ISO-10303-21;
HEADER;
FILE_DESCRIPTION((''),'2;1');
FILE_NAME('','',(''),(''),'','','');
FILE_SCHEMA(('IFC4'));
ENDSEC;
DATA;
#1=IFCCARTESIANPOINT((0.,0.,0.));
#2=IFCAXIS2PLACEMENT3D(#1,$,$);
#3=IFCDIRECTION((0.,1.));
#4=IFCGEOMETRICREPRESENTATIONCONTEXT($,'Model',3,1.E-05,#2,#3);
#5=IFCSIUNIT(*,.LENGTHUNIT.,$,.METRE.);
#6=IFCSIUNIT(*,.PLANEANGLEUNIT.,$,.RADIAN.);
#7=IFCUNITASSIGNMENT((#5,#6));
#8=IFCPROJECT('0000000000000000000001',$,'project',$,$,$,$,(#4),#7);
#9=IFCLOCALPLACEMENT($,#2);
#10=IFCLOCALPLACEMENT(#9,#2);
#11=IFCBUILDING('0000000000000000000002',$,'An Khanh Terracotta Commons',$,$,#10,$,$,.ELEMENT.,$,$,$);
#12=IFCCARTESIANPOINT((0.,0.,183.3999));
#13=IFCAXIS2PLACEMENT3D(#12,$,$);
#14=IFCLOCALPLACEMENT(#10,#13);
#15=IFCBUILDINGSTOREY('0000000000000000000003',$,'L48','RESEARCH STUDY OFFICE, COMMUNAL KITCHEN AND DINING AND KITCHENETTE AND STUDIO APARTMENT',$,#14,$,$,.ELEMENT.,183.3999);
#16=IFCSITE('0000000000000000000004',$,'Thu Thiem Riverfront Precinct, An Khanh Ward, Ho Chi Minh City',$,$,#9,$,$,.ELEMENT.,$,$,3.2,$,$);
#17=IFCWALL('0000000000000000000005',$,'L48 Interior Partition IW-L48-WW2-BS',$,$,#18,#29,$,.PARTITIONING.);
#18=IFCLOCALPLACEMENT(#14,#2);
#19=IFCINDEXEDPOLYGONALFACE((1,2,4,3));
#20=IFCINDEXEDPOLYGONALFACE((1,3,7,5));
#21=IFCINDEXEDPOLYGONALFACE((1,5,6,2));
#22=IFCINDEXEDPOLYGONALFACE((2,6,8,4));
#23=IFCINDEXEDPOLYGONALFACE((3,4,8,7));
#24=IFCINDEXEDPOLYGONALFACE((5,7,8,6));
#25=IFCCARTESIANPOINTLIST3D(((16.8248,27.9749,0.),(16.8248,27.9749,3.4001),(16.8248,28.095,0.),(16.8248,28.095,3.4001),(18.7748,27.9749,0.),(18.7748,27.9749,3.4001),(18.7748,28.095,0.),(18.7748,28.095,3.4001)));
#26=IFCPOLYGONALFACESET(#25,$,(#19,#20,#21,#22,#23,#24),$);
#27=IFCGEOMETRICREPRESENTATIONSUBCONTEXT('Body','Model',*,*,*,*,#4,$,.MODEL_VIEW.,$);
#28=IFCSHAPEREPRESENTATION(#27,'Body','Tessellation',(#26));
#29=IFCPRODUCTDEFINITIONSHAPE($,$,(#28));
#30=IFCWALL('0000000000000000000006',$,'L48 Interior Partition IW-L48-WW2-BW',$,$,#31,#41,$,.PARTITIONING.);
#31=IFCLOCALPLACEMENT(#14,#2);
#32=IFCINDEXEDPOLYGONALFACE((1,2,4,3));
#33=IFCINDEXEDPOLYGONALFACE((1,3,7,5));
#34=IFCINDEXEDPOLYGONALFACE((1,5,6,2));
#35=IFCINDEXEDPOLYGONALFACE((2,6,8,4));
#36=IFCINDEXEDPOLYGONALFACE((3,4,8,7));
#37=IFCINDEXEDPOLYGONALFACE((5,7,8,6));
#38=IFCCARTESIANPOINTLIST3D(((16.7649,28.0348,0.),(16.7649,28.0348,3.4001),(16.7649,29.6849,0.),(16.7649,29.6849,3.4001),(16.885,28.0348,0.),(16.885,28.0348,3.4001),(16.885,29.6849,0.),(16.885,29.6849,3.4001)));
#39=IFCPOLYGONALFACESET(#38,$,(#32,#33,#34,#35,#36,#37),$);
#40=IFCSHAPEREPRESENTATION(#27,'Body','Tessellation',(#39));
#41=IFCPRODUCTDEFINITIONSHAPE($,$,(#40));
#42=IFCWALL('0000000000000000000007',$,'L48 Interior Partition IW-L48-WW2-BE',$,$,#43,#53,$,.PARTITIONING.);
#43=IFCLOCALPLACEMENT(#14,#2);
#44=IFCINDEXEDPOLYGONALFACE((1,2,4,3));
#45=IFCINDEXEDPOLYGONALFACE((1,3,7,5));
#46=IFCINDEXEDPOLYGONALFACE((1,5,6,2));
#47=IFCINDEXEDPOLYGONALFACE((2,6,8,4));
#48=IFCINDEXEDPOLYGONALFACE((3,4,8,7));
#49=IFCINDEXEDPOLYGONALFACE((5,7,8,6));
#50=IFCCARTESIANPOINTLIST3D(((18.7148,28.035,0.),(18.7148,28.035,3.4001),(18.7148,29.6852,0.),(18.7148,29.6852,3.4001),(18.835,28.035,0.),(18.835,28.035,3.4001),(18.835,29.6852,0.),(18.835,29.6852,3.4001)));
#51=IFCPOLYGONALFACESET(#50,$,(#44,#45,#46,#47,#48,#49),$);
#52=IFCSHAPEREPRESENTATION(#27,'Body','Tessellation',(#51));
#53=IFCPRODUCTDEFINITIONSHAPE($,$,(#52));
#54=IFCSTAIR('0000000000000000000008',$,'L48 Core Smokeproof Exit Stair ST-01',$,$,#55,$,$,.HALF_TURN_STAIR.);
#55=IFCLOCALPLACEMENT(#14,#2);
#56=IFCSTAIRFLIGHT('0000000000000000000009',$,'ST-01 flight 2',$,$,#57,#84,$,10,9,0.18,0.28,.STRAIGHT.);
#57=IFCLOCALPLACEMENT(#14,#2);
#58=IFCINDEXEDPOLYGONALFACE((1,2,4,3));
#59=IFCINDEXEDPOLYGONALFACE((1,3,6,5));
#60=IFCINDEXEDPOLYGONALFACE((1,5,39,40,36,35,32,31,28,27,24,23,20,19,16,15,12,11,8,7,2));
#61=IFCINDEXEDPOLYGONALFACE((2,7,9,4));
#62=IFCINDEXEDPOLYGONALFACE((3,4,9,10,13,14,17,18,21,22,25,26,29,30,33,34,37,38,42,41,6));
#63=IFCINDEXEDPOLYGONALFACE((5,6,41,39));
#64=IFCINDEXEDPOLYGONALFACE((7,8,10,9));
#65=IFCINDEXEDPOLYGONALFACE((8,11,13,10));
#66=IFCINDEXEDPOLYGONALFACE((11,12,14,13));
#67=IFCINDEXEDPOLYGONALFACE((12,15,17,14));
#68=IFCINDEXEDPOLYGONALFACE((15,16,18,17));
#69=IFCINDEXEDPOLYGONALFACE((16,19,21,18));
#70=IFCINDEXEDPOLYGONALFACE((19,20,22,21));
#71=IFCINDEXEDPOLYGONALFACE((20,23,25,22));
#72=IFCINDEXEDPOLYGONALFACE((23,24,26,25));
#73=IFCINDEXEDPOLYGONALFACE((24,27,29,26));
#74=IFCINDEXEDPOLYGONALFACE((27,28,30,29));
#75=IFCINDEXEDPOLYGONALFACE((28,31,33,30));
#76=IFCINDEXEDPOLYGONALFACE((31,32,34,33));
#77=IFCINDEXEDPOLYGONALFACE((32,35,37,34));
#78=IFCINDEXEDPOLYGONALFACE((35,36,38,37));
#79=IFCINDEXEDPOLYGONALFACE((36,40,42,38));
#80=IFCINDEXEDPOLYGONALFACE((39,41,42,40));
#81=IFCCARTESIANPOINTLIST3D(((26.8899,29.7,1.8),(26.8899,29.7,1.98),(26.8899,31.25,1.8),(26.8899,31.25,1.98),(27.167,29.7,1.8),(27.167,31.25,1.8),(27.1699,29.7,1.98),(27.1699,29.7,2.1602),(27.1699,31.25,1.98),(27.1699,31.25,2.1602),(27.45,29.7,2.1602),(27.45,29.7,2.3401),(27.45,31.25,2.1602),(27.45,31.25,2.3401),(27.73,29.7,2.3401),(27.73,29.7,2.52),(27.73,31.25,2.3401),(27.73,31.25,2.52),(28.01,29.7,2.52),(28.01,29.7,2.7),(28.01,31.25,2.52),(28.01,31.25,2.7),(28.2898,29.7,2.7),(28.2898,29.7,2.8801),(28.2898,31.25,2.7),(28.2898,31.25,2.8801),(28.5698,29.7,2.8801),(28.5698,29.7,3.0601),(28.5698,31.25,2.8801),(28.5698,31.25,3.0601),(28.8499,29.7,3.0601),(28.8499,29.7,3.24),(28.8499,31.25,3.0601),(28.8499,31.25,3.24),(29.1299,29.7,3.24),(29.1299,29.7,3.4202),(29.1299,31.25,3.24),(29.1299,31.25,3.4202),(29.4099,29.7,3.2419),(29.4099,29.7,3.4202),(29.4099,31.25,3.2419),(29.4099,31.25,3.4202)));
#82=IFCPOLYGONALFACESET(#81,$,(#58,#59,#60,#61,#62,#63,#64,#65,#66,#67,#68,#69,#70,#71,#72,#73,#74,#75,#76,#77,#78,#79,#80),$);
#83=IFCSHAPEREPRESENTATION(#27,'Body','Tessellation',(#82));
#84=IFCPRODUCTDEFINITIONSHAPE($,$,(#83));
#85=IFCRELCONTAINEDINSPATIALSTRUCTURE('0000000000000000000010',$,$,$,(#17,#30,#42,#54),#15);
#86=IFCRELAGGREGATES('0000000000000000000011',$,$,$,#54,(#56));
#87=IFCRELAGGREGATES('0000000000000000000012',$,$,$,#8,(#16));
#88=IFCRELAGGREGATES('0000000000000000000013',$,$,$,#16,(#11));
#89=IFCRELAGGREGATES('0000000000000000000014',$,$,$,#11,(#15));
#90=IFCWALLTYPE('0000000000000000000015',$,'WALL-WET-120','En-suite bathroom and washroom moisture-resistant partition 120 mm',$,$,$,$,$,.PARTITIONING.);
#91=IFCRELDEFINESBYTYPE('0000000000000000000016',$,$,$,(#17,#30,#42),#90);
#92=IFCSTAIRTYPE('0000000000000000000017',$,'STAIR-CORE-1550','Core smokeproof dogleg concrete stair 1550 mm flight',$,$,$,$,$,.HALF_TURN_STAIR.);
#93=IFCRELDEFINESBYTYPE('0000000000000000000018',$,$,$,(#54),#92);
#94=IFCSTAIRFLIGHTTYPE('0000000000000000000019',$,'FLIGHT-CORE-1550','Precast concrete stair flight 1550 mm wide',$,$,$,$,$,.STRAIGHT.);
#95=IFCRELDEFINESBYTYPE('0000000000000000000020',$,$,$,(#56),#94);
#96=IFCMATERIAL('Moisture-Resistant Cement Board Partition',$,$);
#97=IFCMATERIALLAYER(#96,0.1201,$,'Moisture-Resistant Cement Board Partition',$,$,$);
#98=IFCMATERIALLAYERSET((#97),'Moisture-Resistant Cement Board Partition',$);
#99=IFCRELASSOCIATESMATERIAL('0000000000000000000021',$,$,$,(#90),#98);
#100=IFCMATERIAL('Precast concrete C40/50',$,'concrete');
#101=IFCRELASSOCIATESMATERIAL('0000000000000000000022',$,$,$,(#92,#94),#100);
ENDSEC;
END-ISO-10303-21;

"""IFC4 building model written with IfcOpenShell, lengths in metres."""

from ifc_helpers import new_model, si_unit, direction, frame, frame_2d, origin, place, context, subcontext, project, spatial, polyline, rectangle, outline, extrude, material, layer, layer_set, type_object, element, aggregate, save


model = new_model("IFC4")

# Units and contexts
model_context = context("Model", 3, precision=1e-05, world=origin(), true_north=direction((0.0, 1.0)))
body_context = subcontext(model_context, "Body", "Model", "MODEL_VIEW")
ifc_project = project(units=[si_unit("LENGTHUNIT", "METRE"), si_unit("PLANEANGLEUNIT", "RADIAN")], contexts=[model_context])

# Site, building, storey
site_placement = place(None, origin())
site = spatial("IfcSite", under=ifc_project, at=site_placement, Name="Thu Thiem Riverfront Precinct, An Khanh Ward, Ho Chi Minh City", CompositionType="ELEMENT", RefElevation=3.2)
building_placement = place(site_placement, origin())
building = spatial("IfcBuilding", under=site, at=building_placement, Name="An Khanh Terracotta Commons", CompositionType="ELEMENT")
storey_placement = place(building_placement, frame((0.0, 0.0, 183.3999)))
storey = spatial("IfcBuildingStorey", under=building, at=storey_placement, Name="L48", Description="RESEARCH STUDY OFFICE, COMMUNAL KITCHEN AND DINING AND KITCHENETTE AND STUDIO APARTMENT", CompositionType="ELEMENT", Elevation=183.3999)

# Shared definitions
ifc_material_1 = material(Name="Moisture-Resistant Cement Board Partition")
ifc_layer_1 = layer(ifc_material_1, 0.1201, Name="Moisture-Resistant Cement Board Partition")
ifc_layer_set_1 = layer_set([ifc_layer_1], Name="Moisture-Resistant Cement Board Partition")
wall_type_1 = type_object("IfcWallType", Name="WALL-WET-120", Description="En-suite bathroom and washroom moisture-resistant partition 120 mm", PredefinedType="PARTITIONING", material=ifc_layer_set_1)

# Walls
wall_1_placement = place(storey_placement, frame((18.7749, 28.0349, 0.0), z_axis=(0.0, 0.0, 1.0), x_axis=(-1.0, 0.0, 0.0)))
element("IfcWall", 1, at=wall_1_placement, inside=storey, type_object=wall_type_1, Name="L48 Interior Partition IW-L48-WW2-BS", PredefinedType="PARTITIONING", context=body_context, shape_type="SweptSolid", body=[
    extrude(rectangle(XDim=1.95, YDim=0.1201, at=frame_2d((0.9751, 0.0))), origin(), (0.0, 0.0, 1.0), 3.4001),
])
for number, where, z_axis, x_axis, name in (
    (2, (16.825, 29.6851, 0.0), (0.0, 0.0, 1.0), (0.0, -1.0, 0.0), "L48 Interior Partition IW-L48-WW2-BW"),
    (3, (18.7749, 28.0349, 0.0), (0.0, 0.0, 1.0), (0.0, 1.0, 0.0), "L48 Interior Partition IW-L48-WW2-BE"),
):
    element("IfcWall", number, at=place(storey_placement, frame(where, z_axis=z_axis, x_axis=x_axis)), inside=storey, type_object=wall_type_1, Name=name, PredefinedType="PARTITIONING", context=body_context, shape_type="SweptSolid", body=[
        extrude(rectangle(XDim=1.6501, YDim=0.1201, at=frame_2d((0.8252, 0.0))), origin(), (0.0, 0.0, 1.0), 3.4001),
    ])

# Stair, stair flight
ifc_material_2 = material(Name="Precast concrete C40/50", Category="concrete")
stair_type = type_object("IfcStairType", Name="STAIR-CORE-1550", Description="Core smokeproof dogleg concrete stair 1550 mm flight", PredefinedType="HALF_TURN_STAIR", material=ifc_material_2)
stair_placement = place(storey_placement, origin())
stair = element("IfcStair", 4, at=stair_placement, inside=storey, type_object=stair_type, Name="L48 Core Smokeproof Exit Stair ST-01", PredefinedType="HALF_TURN_STAIR")
stair_flight_type = type_object("IfcStairFlightType", Name="FLIGHT-CORE-1550", Description="Precast concrete stair flight 1550 mm wide", PredefinedType="STRAIGHT", material=ifc_material_2)
stair_flight_placement = place(storey_placement, frame((26.8899, 30.4751, 1.8), z_axis=(0.0, 0.0, 1.0), x_axis=(1.0, 0.0, 0.0)))
stair_flight = element("IfcStairFlight", 5, at=stair_flight_placement, type_object=stair_flight_type, Name="ST-01 flight 2", NumberOfRisers=10, NumberOfTreads=9, PredefinedType="STRAIGHT", RiserHeight=0.18, TreadLength=0.28, context=body_context, shape_type="SweptSolid", body=[
    extrude(outline(polyline([(0.0, 0.0), (0.0, 0.1799), (0.28, 0.1799), (0.28, 0.3601), (0.5601, 0.3601), (0.5601, 0.54), (0.8401, 0.54), (0.8401, 0.72), (1.1201, 0.72), (1.1201, 0.8999), (1.3999, 0.8999), (1.3999, 1.0801), (1.6799, 1.0801), (1.6799, 1.26), (1.96, 1.26), (1.96, 1.4399), (2.24, 1.4399), (2.24, 1.6201), (2.52, 1.6201), (2.52, 1.8), (2.52, 1.4419), (0.2771, 0.0), (0.0, 0.0)])), frame((0.0, 0.7749, 0.0), z_axis=(0.0, -1.0, 0.0), x_axis=(1.0, 0.0, 0.0)), (0.0, 0.0, 1.0), 1.55),
])
aggregate(stair, [stair_flight])

save(model, "model.ifc")
